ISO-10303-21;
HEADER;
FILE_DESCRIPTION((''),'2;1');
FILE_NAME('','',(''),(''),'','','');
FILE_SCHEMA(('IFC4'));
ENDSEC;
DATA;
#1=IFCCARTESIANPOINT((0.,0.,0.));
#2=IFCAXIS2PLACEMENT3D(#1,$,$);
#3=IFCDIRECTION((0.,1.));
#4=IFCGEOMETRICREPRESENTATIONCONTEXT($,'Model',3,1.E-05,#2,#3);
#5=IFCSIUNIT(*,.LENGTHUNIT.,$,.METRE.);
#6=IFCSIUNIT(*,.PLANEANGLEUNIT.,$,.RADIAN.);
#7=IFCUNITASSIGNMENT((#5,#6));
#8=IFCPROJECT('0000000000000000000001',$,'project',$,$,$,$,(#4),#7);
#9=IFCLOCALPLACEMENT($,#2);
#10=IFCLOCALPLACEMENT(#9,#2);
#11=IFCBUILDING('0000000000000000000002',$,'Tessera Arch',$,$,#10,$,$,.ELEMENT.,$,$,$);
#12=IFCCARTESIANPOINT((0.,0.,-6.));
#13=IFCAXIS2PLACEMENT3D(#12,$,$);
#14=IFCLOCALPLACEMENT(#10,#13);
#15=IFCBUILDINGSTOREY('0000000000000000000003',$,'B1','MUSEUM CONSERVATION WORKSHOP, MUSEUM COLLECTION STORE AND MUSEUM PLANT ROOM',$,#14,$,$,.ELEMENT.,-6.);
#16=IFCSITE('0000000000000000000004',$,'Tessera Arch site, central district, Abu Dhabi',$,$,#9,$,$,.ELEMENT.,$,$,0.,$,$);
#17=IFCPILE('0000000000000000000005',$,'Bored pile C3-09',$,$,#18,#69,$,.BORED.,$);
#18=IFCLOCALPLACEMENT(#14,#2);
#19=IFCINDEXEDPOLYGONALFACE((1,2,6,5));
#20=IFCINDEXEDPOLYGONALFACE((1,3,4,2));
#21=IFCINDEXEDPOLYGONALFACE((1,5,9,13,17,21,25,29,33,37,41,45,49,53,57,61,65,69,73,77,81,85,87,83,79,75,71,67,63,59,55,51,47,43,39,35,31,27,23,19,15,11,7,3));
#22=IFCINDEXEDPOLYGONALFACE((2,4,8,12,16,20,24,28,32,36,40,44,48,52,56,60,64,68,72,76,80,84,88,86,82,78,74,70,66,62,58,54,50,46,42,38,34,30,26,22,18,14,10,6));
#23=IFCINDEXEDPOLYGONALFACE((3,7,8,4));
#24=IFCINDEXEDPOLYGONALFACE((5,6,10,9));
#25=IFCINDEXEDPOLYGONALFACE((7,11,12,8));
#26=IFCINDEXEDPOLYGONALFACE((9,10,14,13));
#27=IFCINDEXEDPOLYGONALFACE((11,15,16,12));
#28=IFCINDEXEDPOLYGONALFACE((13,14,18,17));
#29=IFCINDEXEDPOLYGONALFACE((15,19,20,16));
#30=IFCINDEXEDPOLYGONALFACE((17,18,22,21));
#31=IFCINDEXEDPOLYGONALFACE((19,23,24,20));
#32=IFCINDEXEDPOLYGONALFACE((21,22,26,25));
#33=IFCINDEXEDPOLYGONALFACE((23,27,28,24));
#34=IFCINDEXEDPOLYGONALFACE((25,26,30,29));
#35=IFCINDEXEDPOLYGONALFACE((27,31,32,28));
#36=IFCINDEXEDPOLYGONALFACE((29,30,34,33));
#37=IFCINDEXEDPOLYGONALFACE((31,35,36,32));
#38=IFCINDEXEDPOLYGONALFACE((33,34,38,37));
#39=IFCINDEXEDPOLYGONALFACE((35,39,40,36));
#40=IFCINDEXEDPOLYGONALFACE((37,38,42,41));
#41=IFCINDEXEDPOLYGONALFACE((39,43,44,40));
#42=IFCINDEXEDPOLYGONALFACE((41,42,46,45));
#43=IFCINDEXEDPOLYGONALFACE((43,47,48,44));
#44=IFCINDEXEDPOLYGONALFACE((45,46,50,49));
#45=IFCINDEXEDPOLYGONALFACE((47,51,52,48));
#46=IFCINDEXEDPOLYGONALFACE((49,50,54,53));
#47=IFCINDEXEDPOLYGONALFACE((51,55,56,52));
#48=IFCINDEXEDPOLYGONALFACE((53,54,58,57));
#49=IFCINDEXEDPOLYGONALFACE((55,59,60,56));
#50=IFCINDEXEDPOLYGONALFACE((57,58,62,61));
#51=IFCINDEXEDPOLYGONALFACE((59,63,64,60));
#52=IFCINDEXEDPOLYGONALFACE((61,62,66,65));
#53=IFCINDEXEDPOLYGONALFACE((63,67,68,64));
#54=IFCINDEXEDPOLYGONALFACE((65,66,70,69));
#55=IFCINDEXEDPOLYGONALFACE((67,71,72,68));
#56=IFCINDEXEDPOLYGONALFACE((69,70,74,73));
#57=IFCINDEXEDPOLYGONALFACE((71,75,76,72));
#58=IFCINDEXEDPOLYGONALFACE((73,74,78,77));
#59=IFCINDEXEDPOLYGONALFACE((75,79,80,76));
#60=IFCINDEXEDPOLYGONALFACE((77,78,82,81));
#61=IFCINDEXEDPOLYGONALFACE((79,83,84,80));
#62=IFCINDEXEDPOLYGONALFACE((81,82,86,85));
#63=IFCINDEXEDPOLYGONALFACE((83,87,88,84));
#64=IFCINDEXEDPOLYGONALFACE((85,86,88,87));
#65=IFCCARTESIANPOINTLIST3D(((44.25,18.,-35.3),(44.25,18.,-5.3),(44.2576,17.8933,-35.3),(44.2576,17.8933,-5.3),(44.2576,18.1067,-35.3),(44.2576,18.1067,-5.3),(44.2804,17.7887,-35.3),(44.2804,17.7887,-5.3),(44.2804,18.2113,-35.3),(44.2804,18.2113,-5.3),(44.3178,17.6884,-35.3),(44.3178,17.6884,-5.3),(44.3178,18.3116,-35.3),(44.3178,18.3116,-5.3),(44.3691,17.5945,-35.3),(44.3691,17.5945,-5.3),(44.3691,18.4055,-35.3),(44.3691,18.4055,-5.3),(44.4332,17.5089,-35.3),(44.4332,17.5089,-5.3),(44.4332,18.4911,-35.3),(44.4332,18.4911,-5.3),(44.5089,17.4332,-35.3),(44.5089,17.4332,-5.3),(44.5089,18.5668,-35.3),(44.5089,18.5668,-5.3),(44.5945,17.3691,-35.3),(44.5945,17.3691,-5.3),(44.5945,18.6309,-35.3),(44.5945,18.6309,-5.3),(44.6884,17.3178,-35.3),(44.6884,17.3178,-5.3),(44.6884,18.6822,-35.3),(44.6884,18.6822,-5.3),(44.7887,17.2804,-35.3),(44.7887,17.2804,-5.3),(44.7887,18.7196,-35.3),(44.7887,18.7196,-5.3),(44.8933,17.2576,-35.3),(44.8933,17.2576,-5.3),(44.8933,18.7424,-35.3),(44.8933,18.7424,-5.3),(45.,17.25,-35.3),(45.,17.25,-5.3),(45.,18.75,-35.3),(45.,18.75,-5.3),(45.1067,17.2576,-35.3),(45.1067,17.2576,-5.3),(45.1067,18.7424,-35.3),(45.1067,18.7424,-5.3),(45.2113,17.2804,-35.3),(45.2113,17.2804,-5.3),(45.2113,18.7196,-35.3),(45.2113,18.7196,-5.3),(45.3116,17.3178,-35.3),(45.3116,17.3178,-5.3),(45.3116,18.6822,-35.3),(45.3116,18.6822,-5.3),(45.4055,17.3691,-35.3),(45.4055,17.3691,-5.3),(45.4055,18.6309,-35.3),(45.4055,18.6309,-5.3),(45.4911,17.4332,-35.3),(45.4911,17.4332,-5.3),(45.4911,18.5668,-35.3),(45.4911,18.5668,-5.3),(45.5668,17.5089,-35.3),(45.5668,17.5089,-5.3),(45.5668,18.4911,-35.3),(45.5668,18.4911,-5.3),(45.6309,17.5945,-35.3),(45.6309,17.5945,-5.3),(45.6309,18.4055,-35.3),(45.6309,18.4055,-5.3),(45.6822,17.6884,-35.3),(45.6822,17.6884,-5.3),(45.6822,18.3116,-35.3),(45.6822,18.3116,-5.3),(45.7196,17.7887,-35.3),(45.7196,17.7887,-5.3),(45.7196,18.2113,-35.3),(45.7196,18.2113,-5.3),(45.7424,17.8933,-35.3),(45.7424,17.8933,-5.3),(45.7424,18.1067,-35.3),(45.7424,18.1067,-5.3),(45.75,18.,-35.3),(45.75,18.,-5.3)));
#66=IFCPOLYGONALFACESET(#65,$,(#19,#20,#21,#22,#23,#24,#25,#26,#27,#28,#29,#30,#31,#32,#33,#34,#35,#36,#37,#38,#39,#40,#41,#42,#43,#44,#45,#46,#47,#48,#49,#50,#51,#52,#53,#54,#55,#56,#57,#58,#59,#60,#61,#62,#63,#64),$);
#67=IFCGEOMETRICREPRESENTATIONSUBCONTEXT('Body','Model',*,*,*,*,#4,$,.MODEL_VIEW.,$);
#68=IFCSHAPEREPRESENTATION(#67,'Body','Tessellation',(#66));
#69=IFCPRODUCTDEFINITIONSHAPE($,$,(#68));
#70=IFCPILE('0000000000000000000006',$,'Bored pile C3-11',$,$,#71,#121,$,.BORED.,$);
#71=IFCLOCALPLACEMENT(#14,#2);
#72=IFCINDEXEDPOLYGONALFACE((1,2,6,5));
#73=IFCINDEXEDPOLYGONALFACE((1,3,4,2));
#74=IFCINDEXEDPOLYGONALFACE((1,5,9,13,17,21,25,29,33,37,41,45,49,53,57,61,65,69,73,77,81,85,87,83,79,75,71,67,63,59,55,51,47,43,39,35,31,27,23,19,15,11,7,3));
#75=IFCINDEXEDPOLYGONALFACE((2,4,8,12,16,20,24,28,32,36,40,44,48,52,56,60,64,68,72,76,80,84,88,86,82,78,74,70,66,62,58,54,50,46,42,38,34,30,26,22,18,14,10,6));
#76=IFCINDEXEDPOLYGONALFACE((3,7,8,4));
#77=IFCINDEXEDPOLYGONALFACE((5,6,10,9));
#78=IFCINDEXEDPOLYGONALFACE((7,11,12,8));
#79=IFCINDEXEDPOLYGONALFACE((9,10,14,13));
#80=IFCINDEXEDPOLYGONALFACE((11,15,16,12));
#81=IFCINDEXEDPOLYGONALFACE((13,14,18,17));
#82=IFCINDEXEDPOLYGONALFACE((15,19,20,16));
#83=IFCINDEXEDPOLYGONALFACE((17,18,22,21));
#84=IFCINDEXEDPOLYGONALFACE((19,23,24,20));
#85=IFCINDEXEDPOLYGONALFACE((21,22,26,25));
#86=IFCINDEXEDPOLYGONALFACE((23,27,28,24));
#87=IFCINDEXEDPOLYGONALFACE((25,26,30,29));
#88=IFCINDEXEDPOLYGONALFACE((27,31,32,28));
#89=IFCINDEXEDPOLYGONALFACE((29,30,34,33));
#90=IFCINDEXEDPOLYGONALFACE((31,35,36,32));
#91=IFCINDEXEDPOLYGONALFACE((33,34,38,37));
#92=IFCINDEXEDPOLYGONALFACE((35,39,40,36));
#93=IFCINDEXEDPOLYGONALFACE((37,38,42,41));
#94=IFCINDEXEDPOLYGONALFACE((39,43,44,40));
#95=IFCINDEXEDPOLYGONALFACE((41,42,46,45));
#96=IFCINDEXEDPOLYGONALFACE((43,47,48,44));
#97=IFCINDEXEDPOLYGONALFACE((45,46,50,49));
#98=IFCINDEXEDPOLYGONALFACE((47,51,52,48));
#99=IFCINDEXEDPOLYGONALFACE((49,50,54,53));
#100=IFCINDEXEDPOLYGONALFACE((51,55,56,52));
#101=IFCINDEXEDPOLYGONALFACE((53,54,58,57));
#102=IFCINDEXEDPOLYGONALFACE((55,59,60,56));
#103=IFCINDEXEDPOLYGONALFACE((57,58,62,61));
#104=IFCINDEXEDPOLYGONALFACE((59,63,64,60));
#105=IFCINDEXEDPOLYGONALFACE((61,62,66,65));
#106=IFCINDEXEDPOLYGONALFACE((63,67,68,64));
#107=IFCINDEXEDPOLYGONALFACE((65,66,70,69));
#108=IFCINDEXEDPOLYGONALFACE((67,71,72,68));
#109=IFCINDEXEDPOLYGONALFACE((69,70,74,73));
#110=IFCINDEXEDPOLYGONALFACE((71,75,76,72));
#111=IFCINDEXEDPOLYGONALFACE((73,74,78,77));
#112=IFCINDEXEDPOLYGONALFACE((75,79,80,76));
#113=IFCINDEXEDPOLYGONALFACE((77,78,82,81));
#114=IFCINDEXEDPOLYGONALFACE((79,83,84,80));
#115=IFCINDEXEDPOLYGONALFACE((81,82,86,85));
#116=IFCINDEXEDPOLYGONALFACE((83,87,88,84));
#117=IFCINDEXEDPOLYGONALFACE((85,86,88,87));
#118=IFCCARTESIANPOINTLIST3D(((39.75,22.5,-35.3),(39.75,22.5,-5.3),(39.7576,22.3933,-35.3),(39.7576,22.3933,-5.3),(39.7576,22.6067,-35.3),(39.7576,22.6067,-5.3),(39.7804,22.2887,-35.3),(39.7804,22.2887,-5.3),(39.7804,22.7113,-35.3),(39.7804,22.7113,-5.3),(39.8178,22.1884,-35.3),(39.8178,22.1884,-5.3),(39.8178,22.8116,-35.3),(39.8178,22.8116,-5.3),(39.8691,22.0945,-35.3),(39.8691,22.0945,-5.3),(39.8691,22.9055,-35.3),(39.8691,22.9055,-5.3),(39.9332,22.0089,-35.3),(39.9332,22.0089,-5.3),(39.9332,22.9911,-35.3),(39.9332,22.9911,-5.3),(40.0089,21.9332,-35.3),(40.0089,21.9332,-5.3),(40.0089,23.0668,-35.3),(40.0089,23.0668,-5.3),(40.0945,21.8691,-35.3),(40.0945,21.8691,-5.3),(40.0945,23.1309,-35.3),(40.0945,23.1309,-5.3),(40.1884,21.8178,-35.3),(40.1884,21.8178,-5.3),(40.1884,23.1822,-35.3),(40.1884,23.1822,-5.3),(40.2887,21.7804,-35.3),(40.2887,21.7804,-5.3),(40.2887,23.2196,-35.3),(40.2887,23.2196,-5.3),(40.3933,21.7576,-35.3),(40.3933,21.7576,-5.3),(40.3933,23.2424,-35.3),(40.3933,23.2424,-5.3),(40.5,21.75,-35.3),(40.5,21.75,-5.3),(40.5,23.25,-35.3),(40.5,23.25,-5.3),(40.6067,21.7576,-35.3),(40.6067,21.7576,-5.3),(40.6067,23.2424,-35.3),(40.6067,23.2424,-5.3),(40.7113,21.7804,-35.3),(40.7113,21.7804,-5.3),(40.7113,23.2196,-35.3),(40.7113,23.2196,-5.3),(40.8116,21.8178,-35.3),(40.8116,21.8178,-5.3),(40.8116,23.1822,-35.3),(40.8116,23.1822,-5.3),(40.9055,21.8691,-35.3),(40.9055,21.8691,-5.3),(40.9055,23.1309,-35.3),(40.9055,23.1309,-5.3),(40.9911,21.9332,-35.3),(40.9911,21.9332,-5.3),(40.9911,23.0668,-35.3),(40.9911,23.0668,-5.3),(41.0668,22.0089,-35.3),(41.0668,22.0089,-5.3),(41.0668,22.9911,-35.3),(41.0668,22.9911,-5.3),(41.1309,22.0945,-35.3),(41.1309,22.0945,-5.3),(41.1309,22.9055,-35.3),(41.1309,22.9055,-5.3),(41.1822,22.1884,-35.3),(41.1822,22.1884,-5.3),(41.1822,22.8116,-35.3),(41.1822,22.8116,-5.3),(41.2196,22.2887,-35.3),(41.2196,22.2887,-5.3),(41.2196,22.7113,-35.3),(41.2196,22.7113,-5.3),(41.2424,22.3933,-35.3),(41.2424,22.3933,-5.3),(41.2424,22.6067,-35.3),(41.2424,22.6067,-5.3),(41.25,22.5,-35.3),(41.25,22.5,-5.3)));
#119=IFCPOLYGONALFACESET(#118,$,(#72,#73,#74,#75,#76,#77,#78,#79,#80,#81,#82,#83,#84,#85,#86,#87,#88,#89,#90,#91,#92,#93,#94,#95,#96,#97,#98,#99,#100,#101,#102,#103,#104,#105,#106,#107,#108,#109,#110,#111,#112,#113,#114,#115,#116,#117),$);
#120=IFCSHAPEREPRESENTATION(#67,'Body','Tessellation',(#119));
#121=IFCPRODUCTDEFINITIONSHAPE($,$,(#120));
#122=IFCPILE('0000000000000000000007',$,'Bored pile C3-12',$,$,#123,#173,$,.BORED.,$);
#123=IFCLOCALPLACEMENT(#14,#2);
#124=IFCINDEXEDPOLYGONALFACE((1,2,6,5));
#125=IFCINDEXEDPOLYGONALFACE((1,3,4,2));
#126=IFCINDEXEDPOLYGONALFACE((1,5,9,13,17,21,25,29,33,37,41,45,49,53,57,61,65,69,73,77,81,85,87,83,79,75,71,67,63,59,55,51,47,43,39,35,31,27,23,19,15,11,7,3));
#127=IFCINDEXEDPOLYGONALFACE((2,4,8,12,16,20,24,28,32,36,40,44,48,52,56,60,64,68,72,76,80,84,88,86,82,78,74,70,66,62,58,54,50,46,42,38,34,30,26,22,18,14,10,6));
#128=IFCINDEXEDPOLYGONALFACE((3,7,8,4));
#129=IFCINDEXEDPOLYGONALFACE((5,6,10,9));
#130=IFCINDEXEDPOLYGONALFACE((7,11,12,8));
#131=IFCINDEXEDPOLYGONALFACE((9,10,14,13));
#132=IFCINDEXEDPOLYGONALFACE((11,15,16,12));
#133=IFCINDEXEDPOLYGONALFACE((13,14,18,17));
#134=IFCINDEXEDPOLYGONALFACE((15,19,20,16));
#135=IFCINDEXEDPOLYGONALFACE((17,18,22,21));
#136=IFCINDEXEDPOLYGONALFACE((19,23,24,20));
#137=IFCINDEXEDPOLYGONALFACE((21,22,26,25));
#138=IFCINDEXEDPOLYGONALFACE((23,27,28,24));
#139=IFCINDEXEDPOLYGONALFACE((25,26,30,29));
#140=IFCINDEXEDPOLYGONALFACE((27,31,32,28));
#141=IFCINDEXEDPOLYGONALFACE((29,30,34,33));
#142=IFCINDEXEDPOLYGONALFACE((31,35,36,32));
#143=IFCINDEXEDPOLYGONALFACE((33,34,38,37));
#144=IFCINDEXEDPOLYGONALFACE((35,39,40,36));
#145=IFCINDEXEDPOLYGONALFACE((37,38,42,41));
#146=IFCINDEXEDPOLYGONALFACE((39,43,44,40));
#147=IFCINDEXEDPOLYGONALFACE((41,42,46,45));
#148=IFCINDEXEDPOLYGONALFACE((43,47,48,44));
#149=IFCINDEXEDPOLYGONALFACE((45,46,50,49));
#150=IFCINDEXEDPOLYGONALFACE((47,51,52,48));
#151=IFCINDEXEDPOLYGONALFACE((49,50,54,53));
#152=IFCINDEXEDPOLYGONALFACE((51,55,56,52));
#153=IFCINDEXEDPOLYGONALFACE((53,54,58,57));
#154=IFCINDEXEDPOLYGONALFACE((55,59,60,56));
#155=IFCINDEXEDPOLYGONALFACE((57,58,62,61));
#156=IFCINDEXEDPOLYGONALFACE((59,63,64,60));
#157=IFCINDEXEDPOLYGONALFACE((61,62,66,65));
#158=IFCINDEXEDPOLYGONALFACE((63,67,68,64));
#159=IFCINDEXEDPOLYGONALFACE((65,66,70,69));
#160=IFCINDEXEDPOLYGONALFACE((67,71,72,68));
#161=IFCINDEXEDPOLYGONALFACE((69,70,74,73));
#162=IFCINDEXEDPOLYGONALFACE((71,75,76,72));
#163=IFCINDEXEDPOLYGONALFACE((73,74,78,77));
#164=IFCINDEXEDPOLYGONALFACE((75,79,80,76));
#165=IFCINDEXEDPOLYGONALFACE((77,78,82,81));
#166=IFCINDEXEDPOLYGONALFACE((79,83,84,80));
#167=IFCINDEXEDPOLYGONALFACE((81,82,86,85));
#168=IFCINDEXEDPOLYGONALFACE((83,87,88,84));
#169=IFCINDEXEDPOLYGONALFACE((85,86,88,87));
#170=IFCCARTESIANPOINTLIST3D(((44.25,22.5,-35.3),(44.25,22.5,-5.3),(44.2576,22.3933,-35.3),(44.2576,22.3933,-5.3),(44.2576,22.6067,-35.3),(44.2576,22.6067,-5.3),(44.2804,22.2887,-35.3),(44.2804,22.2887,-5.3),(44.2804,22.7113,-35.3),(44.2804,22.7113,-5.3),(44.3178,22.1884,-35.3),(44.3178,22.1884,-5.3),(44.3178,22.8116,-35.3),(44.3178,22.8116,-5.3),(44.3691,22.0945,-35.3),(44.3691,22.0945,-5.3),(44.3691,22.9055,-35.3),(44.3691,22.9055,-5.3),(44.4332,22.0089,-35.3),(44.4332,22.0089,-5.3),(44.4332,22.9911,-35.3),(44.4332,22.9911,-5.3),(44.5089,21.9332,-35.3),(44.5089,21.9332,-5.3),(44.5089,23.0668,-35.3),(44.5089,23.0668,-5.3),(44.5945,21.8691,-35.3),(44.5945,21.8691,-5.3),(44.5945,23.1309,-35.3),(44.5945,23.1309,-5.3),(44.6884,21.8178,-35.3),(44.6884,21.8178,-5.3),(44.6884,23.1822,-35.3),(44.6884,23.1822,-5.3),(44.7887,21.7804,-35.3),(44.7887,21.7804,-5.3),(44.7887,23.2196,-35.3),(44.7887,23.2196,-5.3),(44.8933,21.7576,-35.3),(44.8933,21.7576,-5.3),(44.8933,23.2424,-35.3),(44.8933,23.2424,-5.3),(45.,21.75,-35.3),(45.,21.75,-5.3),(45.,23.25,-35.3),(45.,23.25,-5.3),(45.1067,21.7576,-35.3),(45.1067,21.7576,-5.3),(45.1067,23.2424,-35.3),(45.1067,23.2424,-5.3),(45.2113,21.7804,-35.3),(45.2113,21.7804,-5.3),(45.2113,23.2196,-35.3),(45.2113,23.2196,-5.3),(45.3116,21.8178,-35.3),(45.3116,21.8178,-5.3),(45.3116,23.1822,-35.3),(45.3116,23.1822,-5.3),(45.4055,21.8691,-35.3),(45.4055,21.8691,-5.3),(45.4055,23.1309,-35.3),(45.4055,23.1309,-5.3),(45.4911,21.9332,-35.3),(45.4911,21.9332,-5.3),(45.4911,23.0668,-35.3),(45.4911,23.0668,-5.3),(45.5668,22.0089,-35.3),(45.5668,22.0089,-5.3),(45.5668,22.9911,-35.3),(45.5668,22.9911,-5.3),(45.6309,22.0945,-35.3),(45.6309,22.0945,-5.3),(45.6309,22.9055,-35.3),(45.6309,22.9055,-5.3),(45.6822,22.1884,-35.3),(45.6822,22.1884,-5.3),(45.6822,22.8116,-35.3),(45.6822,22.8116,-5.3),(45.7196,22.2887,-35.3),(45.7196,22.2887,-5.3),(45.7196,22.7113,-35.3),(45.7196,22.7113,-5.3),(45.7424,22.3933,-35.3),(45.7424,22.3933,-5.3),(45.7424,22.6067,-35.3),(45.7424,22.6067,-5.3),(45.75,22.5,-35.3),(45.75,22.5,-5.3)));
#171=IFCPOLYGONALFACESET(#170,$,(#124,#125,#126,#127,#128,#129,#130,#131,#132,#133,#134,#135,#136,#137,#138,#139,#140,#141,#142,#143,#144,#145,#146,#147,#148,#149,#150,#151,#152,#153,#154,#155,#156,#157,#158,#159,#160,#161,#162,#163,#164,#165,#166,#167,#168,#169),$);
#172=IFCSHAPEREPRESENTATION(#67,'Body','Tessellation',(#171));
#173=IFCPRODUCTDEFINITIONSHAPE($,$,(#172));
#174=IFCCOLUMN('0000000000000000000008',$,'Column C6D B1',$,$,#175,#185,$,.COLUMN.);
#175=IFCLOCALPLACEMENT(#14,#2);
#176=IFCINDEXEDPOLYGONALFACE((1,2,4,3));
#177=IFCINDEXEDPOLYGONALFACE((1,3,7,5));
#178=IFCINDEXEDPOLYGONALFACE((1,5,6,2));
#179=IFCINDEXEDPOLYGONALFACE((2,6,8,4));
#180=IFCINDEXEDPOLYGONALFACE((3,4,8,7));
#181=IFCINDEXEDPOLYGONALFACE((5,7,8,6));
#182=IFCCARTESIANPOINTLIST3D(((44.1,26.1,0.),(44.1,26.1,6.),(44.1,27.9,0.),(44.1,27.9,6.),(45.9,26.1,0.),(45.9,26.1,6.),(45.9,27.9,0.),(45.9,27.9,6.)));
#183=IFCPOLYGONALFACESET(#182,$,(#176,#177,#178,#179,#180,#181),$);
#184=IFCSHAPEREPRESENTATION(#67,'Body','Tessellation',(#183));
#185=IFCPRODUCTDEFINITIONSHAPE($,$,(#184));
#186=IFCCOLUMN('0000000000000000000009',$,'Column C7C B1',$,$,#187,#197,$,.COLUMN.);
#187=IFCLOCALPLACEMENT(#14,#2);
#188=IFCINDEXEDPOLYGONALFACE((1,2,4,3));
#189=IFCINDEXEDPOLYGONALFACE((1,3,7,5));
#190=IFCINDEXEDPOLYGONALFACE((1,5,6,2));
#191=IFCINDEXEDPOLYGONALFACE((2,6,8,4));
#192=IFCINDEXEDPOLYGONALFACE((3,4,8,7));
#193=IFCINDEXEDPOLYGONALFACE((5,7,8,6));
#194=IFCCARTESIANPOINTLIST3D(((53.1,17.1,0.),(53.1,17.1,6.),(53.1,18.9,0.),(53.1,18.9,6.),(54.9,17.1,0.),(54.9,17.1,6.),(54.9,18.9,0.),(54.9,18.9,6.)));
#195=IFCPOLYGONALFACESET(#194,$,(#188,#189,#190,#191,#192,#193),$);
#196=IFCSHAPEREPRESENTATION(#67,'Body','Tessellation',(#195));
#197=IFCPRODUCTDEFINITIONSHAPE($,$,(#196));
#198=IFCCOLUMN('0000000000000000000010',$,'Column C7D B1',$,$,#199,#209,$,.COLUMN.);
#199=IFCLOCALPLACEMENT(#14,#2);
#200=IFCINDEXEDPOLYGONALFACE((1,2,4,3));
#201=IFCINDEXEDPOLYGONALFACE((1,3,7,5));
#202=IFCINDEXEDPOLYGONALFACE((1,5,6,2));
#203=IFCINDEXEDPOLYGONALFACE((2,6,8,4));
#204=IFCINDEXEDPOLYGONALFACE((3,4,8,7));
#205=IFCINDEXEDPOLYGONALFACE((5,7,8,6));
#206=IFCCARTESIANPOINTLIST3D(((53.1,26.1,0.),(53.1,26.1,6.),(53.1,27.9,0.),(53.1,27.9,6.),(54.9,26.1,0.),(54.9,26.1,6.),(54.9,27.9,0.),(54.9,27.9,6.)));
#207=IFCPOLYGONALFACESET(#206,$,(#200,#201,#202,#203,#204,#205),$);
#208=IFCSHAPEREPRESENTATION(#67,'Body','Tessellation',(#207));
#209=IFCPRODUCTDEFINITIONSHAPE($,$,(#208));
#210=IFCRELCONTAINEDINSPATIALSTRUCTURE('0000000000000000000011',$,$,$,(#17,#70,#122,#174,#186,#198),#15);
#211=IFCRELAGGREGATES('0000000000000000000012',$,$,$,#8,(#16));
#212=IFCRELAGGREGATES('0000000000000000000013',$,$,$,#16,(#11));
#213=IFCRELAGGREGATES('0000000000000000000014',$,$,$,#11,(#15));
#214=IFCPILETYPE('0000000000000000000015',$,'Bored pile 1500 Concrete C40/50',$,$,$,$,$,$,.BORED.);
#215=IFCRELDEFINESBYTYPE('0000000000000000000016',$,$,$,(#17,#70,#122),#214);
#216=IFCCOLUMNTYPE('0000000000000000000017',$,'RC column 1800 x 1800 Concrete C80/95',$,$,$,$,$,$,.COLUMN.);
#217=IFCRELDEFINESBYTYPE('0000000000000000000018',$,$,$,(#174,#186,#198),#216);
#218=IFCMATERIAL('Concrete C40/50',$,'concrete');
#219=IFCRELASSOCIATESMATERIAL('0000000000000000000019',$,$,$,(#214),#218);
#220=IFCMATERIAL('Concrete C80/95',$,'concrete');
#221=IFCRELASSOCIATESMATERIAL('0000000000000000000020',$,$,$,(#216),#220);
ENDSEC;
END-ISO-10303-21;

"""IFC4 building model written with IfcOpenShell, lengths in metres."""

from ifc_helpers import new_model, si_unit, direction, frame, origin, origin_2d, place, context, subcontext, project, spatial, rectangle, circle, extrude, material, material_profile, profile_set, type_object, element, save


model = new_model("IFC4")

# Units and contexts
model_context = context("Model", 3, precision=1e-05, world=origin(), true_north=direction((0.0, 1.0)))
body_context = subcontext(model_context, "Body", "Model", "MODEL_VIEW")
ifc_project = project(units=[si_unit("LENGTHUNIT", "METRE"), si_unit("PLANEANGLEUNIT", "RADIAN")], contexts=[model_context])

# Site, building, storey
site_placement = place(None, origin())
site = spatial("IfcSite", under=ifc_project, at=site_placement, Name="Tessera Arch site, central district, Abu Dhabi", CompositionType="ELEMENT", RefElevation=0.0)
building_placement = place(site_placement, origin())
building = spatial("IfcBuilding", under=site, at=building_placement, Name="Tessera Arch", CompositionType="ELEMENT")
storey_placement = place(building_placement, frame((0.0, 0.0, -6.0)))
storey = spatial("IfcBuildingStorey", under=building, at=storey_placement, Name="B1", Description="MUSEUM CONSERVATION WORKSHOP, MUSEUM COLLECTION STORE AND MUSEUM PLANT ROOM", CompositionType="ELEMENT", Elevation=-6.0)

# Piles
ifc_material_1 = material(Name="Concrete C40/50", Category="concrete")
pile_type = type_object("IfcPileType", Name="Bored pile 1500 Concrete C40/50", PredefinedType="BORED", material=ifc_material_1)
for number, where, z_axis, x_axis, name in (
    (1, (45.0, 18.0, -5.3), (0.0, 0.0, -1.0), (1.0, 0.0, 0.0), "Bored pile C3-09"),
    (2, (40.5, 22.5, -5.3), (0.0, 0.0, -1.0), (1.0, 0.0, 0.0), "Bored pile C3-11"),
    (3, (45.0, 22.5, -5.3), (0.0, 0.0, -1.0), (1.0, 0.0, 0.0), "Bored pile C3-12"),
):
    element("IfcPile", number, at=place(storey_placement, frame(where, z_axis=z_axis, x_axis=x_axis)), inside=storey, type_object=pile_type, Name=name, PredefinedType="BORED", context=body_context, shape_type="SweptSolid", body=[
        extrude(circle(Radius=0.75, at=origin_2d()), origin(), (0.0, 0.0, 1.0), 30.0),
    ])

# Columns
ifc_material_2 = material(Name="Concrete C80/95", Category="concrete")
ifc_material_profile = material_profile(ifc_material_2, rectangle(XDim=1.8, YDim=1.8, at=origin_2d()), Name="RC column 1800 x 1800 Concrete C80/95")
ifc_profile_set = profile_set([ifc_material_profile], Name="Concrete C80/95")
column_type = type_object("IfcColumnType", Name="RC column 1800 x 1800 Concrete C80/95", PredefinedType="COLUMN", material=ifc_profile_set)
for number, where, z_axis, x_axis, name in (
    (4, (45.0, 27.0, 0.0), (0.0, 0.0, 1.0), (1.0, 0.0, 0.0), "Column C6D B1"),
    (5, (54.0, 18.0, 0.0), (0.0, 0.0, 1.0), (1.0, 0.0, 0.0), "Column C7C B1"),
    (6, (54.0, 27.0, 0.0), (0.0, 0.0, 1.0), (1.0, 0.0, 0.0), "Column C7D B1"),
):
    element("IfcColumn", number, at=place(storey_placement, frame(where, z_axis=z_axis, x_axis=x_axis)), inside=storey, type_object=column_type, Name=name, PredefinedType="COLUMN", context=body_context, shape_type="SweptSolid", body=[
        extrude(rectangle(XDim=1.8, YDim=1.8, at=origin_2d()), origin(), (0.0, 0.0, 1.0), 6.0),
    ])

save(model, "model.ifc")
